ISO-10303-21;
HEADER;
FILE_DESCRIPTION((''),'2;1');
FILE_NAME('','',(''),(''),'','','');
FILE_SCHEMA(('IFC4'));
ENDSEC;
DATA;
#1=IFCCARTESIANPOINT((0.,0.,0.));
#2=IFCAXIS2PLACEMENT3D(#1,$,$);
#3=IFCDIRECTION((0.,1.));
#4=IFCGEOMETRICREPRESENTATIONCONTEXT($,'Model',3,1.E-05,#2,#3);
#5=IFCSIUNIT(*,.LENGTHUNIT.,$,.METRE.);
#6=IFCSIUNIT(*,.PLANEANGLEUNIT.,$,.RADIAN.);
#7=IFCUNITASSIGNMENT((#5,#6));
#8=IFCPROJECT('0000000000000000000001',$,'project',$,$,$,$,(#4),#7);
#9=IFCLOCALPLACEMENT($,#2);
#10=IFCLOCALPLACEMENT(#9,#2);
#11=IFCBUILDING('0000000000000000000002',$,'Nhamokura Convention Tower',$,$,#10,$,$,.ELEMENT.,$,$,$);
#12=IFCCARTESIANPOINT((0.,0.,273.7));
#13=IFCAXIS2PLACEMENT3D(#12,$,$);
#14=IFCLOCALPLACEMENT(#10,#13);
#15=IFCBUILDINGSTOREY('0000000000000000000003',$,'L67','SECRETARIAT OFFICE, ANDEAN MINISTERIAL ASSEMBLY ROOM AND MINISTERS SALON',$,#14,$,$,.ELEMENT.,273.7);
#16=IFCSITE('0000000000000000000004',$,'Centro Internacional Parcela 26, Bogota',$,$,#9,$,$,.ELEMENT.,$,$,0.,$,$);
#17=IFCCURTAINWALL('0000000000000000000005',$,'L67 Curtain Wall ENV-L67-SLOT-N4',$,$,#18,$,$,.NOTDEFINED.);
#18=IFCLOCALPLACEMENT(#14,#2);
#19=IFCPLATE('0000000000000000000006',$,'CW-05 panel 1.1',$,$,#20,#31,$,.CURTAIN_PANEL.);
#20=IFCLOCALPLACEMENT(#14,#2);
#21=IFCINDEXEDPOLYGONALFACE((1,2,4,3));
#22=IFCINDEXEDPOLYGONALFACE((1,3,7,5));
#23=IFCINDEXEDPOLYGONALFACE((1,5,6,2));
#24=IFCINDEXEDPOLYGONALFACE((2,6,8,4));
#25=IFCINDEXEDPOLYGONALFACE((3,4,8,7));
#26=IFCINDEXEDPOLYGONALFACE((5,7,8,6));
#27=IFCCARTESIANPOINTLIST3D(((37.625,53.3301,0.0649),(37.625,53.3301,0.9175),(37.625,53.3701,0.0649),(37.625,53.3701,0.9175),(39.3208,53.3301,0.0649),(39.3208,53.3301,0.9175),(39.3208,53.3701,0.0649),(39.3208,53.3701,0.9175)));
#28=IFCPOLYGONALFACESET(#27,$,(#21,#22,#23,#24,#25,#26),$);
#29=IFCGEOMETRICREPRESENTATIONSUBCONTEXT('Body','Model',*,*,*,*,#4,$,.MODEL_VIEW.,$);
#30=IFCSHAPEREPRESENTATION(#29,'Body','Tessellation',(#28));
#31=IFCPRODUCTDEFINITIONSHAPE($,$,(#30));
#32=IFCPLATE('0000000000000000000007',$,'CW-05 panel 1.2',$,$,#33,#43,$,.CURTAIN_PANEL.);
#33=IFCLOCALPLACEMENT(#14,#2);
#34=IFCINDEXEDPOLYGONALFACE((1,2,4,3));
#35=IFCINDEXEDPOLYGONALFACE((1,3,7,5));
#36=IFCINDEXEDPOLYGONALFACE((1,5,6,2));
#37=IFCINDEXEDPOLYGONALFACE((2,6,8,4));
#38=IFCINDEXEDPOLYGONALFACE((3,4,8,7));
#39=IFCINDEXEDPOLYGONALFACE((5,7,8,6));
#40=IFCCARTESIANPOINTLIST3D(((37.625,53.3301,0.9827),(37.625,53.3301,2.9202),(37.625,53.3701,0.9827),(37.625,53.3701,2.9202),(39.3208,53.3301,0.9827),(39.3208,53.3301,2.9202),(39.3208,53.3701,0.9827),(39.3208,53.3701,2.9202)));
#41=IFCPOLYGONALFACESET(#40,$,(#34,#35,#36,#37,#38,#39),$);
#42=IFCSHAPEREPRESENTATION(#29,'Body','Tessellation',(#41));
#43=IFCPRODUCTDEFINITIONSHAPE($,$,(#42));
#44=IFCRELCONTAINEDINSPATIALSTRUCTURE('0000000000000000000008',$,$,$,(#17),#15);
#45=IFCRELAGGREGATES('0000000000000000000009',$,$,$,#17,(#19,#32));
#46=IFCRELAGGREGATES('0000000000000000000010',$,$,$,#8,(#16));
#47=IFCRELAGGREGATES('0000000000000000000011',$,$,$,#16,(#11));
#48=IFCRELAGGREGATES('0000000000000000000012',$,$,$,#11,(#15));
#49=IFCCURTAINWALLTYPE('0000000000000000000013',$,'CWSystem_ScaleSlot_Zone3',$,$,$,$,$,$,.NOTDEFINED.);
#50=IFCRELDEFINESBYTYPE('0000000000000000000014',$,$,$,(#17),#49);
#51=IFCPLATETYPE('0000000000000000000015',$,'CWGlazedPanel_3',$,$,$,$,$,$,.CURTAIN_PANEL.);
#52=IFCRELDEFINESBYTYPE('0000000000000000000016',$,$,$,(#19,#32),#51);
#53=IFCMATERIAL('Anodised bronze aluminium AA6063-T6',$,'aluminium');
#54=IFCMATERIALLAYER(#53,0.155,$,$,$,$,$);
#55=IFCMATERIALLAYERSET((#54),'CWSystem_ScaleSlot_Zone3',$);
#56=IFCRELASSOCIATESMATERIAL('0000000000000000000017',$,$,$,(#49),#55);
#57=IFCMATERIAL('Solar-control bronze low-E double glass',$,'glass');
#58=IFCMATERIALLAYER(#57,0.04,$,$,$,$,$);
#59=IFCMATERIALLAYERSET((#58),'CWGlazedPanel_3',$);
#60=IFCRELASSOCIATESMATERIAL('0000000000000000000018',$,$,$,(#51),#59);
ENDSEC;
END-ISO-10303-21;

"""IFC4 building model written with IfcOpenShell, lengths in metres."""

from ifc_helpers import new_model, si_unit, direction, frame, origin, origin_2d, place, context, subcontext, project, spatial, rectangle, extrude, material, layer, layer_set, type_object, element, aggregate, save


model = new_model("IFC4")

# Units and contexts
model_context = context("Model", 3, precision=1e-05, world=origin(), true_north=direction((0.0, 1.0)))
body_context = subcontext(model_context, "Body", "Model", "MODEL_VIEW")
ifc_project = project(units=[si_unit("LENGTHUNIT", "METRE"), si_unit("PLANEANGLEUNIT", "RADIAN")], contexts=[model_context])

# Site, building, storey
site_placement = place(None, origin())
site = spatial("IfcSite", under=ifc_project, at=site_placement, Name="Centro Internacional Parcela 26, Bogota", CompositionType="ELEMENT", RefElevation=0.0)
building_placement = place(site_placement, origin())
building = spatial("IfcBuilding", under=site, at=building_placement, Name="Nhamokura Convention Tower", CompositionType="ELEMENT")
storey_placement = place(building_placement, frame((0.0, 0.0, 273.7)))
storey = spatial("IfcBuildingStorey", under=building, at=storey_placement, Name="L67", Description="SECRETARIAT OFFICE, ANDEAN MINISTERIAL ASSEMBLY ROOM AND MINISTERS SALON", CompositionType="ELEMENT", Elevation=273.7)

# Shared definitions
ifc_material_1 = material(Name="Anodised bronze aluminium AA6063-T6", Category="aluminium")
ifc_layer_1 = layer(ifc_material_1, 0.155)
ifc_layer_set_1 = layer_set([ifc_layer_1], Name="CWSystem_ScaleSlot_Zone3")
curtain_wall_type = type_object("IfcCurtainWallType", Name="CWSystem_ScaleSlot_Zone3", PredefinedType="NOTDEFINED", material=ifc_layer_set_1)

# Curtain wall
curtain_wall_1_placement = place(storey_placement, origin())
curtain_wall_1 = element("IfcCurtainWall", 1, at=curtain_wall_1_placement, inside=storey, type_object=curtain_wall_type, Name="L67 Curtain Wall ENV-L67-SLOT-N4", PredefinedType="NOTDEFINED")

# Plates
ifc_material_2 = material(Name="Solar-control bronze low-E double glass", Category="glass")
ifc_layer_2 = layer(ifc_material_2, 0.04)
ifc_layer_set_2 = layer_set([ifc_layer_2], Name="CWGlazedPanel_3")
plate_type = type_object("IfcPlateType", Name="CWGlazedPanel_3", PredefinedType="CURTAIN_PANEL", material=ifc_layer_set_2)
plate_1_placement = place(storey_placement, frame((38.4729, 53.3501, 0.0649), z_axis=(0.0, 0.0, 1.0), x_axis=(1.0, 0.0, 0.0)))
plate_1 = element("IfcPlate", 2, at=plate_1_placement, type_object=plate_type, Name="CW-05 panel 1.1", PredefinedType="CURTAIN_PANEL", context=body_context, shape_type="SweptSolid", body=[
    extrude(rectangle(XDim=1.6958, YDim=0.04, at=origin_2d()), origin(), (0.0, 0.0, 1.0), 0.8525),
])
plate_2_placement = place(storey_placement, frame((38.4729, 53.3501, 0.9827), z_axis=(0.0, 0.0, 1.0), x_axis=(1.0, 0.0, 0.0)))
plate_2 = element("IfcPlate", 3, at=plate_2_placement, type_object=plate_type, Name="CW-05 panel 1.2", PredefinedType="CURTAIN_PANEL", context=body_context, shape_type="SweptSolid", body=[
    extrude(rectangle(XDim=1.6958, YDim=0.04, at=origin_2d()), origin(), (0.0, 0.0, 1.0), 1.9375),
])
aggregate(curtain_wall_1, [plate_1, plate_2])

save(model, "model.ifc")
